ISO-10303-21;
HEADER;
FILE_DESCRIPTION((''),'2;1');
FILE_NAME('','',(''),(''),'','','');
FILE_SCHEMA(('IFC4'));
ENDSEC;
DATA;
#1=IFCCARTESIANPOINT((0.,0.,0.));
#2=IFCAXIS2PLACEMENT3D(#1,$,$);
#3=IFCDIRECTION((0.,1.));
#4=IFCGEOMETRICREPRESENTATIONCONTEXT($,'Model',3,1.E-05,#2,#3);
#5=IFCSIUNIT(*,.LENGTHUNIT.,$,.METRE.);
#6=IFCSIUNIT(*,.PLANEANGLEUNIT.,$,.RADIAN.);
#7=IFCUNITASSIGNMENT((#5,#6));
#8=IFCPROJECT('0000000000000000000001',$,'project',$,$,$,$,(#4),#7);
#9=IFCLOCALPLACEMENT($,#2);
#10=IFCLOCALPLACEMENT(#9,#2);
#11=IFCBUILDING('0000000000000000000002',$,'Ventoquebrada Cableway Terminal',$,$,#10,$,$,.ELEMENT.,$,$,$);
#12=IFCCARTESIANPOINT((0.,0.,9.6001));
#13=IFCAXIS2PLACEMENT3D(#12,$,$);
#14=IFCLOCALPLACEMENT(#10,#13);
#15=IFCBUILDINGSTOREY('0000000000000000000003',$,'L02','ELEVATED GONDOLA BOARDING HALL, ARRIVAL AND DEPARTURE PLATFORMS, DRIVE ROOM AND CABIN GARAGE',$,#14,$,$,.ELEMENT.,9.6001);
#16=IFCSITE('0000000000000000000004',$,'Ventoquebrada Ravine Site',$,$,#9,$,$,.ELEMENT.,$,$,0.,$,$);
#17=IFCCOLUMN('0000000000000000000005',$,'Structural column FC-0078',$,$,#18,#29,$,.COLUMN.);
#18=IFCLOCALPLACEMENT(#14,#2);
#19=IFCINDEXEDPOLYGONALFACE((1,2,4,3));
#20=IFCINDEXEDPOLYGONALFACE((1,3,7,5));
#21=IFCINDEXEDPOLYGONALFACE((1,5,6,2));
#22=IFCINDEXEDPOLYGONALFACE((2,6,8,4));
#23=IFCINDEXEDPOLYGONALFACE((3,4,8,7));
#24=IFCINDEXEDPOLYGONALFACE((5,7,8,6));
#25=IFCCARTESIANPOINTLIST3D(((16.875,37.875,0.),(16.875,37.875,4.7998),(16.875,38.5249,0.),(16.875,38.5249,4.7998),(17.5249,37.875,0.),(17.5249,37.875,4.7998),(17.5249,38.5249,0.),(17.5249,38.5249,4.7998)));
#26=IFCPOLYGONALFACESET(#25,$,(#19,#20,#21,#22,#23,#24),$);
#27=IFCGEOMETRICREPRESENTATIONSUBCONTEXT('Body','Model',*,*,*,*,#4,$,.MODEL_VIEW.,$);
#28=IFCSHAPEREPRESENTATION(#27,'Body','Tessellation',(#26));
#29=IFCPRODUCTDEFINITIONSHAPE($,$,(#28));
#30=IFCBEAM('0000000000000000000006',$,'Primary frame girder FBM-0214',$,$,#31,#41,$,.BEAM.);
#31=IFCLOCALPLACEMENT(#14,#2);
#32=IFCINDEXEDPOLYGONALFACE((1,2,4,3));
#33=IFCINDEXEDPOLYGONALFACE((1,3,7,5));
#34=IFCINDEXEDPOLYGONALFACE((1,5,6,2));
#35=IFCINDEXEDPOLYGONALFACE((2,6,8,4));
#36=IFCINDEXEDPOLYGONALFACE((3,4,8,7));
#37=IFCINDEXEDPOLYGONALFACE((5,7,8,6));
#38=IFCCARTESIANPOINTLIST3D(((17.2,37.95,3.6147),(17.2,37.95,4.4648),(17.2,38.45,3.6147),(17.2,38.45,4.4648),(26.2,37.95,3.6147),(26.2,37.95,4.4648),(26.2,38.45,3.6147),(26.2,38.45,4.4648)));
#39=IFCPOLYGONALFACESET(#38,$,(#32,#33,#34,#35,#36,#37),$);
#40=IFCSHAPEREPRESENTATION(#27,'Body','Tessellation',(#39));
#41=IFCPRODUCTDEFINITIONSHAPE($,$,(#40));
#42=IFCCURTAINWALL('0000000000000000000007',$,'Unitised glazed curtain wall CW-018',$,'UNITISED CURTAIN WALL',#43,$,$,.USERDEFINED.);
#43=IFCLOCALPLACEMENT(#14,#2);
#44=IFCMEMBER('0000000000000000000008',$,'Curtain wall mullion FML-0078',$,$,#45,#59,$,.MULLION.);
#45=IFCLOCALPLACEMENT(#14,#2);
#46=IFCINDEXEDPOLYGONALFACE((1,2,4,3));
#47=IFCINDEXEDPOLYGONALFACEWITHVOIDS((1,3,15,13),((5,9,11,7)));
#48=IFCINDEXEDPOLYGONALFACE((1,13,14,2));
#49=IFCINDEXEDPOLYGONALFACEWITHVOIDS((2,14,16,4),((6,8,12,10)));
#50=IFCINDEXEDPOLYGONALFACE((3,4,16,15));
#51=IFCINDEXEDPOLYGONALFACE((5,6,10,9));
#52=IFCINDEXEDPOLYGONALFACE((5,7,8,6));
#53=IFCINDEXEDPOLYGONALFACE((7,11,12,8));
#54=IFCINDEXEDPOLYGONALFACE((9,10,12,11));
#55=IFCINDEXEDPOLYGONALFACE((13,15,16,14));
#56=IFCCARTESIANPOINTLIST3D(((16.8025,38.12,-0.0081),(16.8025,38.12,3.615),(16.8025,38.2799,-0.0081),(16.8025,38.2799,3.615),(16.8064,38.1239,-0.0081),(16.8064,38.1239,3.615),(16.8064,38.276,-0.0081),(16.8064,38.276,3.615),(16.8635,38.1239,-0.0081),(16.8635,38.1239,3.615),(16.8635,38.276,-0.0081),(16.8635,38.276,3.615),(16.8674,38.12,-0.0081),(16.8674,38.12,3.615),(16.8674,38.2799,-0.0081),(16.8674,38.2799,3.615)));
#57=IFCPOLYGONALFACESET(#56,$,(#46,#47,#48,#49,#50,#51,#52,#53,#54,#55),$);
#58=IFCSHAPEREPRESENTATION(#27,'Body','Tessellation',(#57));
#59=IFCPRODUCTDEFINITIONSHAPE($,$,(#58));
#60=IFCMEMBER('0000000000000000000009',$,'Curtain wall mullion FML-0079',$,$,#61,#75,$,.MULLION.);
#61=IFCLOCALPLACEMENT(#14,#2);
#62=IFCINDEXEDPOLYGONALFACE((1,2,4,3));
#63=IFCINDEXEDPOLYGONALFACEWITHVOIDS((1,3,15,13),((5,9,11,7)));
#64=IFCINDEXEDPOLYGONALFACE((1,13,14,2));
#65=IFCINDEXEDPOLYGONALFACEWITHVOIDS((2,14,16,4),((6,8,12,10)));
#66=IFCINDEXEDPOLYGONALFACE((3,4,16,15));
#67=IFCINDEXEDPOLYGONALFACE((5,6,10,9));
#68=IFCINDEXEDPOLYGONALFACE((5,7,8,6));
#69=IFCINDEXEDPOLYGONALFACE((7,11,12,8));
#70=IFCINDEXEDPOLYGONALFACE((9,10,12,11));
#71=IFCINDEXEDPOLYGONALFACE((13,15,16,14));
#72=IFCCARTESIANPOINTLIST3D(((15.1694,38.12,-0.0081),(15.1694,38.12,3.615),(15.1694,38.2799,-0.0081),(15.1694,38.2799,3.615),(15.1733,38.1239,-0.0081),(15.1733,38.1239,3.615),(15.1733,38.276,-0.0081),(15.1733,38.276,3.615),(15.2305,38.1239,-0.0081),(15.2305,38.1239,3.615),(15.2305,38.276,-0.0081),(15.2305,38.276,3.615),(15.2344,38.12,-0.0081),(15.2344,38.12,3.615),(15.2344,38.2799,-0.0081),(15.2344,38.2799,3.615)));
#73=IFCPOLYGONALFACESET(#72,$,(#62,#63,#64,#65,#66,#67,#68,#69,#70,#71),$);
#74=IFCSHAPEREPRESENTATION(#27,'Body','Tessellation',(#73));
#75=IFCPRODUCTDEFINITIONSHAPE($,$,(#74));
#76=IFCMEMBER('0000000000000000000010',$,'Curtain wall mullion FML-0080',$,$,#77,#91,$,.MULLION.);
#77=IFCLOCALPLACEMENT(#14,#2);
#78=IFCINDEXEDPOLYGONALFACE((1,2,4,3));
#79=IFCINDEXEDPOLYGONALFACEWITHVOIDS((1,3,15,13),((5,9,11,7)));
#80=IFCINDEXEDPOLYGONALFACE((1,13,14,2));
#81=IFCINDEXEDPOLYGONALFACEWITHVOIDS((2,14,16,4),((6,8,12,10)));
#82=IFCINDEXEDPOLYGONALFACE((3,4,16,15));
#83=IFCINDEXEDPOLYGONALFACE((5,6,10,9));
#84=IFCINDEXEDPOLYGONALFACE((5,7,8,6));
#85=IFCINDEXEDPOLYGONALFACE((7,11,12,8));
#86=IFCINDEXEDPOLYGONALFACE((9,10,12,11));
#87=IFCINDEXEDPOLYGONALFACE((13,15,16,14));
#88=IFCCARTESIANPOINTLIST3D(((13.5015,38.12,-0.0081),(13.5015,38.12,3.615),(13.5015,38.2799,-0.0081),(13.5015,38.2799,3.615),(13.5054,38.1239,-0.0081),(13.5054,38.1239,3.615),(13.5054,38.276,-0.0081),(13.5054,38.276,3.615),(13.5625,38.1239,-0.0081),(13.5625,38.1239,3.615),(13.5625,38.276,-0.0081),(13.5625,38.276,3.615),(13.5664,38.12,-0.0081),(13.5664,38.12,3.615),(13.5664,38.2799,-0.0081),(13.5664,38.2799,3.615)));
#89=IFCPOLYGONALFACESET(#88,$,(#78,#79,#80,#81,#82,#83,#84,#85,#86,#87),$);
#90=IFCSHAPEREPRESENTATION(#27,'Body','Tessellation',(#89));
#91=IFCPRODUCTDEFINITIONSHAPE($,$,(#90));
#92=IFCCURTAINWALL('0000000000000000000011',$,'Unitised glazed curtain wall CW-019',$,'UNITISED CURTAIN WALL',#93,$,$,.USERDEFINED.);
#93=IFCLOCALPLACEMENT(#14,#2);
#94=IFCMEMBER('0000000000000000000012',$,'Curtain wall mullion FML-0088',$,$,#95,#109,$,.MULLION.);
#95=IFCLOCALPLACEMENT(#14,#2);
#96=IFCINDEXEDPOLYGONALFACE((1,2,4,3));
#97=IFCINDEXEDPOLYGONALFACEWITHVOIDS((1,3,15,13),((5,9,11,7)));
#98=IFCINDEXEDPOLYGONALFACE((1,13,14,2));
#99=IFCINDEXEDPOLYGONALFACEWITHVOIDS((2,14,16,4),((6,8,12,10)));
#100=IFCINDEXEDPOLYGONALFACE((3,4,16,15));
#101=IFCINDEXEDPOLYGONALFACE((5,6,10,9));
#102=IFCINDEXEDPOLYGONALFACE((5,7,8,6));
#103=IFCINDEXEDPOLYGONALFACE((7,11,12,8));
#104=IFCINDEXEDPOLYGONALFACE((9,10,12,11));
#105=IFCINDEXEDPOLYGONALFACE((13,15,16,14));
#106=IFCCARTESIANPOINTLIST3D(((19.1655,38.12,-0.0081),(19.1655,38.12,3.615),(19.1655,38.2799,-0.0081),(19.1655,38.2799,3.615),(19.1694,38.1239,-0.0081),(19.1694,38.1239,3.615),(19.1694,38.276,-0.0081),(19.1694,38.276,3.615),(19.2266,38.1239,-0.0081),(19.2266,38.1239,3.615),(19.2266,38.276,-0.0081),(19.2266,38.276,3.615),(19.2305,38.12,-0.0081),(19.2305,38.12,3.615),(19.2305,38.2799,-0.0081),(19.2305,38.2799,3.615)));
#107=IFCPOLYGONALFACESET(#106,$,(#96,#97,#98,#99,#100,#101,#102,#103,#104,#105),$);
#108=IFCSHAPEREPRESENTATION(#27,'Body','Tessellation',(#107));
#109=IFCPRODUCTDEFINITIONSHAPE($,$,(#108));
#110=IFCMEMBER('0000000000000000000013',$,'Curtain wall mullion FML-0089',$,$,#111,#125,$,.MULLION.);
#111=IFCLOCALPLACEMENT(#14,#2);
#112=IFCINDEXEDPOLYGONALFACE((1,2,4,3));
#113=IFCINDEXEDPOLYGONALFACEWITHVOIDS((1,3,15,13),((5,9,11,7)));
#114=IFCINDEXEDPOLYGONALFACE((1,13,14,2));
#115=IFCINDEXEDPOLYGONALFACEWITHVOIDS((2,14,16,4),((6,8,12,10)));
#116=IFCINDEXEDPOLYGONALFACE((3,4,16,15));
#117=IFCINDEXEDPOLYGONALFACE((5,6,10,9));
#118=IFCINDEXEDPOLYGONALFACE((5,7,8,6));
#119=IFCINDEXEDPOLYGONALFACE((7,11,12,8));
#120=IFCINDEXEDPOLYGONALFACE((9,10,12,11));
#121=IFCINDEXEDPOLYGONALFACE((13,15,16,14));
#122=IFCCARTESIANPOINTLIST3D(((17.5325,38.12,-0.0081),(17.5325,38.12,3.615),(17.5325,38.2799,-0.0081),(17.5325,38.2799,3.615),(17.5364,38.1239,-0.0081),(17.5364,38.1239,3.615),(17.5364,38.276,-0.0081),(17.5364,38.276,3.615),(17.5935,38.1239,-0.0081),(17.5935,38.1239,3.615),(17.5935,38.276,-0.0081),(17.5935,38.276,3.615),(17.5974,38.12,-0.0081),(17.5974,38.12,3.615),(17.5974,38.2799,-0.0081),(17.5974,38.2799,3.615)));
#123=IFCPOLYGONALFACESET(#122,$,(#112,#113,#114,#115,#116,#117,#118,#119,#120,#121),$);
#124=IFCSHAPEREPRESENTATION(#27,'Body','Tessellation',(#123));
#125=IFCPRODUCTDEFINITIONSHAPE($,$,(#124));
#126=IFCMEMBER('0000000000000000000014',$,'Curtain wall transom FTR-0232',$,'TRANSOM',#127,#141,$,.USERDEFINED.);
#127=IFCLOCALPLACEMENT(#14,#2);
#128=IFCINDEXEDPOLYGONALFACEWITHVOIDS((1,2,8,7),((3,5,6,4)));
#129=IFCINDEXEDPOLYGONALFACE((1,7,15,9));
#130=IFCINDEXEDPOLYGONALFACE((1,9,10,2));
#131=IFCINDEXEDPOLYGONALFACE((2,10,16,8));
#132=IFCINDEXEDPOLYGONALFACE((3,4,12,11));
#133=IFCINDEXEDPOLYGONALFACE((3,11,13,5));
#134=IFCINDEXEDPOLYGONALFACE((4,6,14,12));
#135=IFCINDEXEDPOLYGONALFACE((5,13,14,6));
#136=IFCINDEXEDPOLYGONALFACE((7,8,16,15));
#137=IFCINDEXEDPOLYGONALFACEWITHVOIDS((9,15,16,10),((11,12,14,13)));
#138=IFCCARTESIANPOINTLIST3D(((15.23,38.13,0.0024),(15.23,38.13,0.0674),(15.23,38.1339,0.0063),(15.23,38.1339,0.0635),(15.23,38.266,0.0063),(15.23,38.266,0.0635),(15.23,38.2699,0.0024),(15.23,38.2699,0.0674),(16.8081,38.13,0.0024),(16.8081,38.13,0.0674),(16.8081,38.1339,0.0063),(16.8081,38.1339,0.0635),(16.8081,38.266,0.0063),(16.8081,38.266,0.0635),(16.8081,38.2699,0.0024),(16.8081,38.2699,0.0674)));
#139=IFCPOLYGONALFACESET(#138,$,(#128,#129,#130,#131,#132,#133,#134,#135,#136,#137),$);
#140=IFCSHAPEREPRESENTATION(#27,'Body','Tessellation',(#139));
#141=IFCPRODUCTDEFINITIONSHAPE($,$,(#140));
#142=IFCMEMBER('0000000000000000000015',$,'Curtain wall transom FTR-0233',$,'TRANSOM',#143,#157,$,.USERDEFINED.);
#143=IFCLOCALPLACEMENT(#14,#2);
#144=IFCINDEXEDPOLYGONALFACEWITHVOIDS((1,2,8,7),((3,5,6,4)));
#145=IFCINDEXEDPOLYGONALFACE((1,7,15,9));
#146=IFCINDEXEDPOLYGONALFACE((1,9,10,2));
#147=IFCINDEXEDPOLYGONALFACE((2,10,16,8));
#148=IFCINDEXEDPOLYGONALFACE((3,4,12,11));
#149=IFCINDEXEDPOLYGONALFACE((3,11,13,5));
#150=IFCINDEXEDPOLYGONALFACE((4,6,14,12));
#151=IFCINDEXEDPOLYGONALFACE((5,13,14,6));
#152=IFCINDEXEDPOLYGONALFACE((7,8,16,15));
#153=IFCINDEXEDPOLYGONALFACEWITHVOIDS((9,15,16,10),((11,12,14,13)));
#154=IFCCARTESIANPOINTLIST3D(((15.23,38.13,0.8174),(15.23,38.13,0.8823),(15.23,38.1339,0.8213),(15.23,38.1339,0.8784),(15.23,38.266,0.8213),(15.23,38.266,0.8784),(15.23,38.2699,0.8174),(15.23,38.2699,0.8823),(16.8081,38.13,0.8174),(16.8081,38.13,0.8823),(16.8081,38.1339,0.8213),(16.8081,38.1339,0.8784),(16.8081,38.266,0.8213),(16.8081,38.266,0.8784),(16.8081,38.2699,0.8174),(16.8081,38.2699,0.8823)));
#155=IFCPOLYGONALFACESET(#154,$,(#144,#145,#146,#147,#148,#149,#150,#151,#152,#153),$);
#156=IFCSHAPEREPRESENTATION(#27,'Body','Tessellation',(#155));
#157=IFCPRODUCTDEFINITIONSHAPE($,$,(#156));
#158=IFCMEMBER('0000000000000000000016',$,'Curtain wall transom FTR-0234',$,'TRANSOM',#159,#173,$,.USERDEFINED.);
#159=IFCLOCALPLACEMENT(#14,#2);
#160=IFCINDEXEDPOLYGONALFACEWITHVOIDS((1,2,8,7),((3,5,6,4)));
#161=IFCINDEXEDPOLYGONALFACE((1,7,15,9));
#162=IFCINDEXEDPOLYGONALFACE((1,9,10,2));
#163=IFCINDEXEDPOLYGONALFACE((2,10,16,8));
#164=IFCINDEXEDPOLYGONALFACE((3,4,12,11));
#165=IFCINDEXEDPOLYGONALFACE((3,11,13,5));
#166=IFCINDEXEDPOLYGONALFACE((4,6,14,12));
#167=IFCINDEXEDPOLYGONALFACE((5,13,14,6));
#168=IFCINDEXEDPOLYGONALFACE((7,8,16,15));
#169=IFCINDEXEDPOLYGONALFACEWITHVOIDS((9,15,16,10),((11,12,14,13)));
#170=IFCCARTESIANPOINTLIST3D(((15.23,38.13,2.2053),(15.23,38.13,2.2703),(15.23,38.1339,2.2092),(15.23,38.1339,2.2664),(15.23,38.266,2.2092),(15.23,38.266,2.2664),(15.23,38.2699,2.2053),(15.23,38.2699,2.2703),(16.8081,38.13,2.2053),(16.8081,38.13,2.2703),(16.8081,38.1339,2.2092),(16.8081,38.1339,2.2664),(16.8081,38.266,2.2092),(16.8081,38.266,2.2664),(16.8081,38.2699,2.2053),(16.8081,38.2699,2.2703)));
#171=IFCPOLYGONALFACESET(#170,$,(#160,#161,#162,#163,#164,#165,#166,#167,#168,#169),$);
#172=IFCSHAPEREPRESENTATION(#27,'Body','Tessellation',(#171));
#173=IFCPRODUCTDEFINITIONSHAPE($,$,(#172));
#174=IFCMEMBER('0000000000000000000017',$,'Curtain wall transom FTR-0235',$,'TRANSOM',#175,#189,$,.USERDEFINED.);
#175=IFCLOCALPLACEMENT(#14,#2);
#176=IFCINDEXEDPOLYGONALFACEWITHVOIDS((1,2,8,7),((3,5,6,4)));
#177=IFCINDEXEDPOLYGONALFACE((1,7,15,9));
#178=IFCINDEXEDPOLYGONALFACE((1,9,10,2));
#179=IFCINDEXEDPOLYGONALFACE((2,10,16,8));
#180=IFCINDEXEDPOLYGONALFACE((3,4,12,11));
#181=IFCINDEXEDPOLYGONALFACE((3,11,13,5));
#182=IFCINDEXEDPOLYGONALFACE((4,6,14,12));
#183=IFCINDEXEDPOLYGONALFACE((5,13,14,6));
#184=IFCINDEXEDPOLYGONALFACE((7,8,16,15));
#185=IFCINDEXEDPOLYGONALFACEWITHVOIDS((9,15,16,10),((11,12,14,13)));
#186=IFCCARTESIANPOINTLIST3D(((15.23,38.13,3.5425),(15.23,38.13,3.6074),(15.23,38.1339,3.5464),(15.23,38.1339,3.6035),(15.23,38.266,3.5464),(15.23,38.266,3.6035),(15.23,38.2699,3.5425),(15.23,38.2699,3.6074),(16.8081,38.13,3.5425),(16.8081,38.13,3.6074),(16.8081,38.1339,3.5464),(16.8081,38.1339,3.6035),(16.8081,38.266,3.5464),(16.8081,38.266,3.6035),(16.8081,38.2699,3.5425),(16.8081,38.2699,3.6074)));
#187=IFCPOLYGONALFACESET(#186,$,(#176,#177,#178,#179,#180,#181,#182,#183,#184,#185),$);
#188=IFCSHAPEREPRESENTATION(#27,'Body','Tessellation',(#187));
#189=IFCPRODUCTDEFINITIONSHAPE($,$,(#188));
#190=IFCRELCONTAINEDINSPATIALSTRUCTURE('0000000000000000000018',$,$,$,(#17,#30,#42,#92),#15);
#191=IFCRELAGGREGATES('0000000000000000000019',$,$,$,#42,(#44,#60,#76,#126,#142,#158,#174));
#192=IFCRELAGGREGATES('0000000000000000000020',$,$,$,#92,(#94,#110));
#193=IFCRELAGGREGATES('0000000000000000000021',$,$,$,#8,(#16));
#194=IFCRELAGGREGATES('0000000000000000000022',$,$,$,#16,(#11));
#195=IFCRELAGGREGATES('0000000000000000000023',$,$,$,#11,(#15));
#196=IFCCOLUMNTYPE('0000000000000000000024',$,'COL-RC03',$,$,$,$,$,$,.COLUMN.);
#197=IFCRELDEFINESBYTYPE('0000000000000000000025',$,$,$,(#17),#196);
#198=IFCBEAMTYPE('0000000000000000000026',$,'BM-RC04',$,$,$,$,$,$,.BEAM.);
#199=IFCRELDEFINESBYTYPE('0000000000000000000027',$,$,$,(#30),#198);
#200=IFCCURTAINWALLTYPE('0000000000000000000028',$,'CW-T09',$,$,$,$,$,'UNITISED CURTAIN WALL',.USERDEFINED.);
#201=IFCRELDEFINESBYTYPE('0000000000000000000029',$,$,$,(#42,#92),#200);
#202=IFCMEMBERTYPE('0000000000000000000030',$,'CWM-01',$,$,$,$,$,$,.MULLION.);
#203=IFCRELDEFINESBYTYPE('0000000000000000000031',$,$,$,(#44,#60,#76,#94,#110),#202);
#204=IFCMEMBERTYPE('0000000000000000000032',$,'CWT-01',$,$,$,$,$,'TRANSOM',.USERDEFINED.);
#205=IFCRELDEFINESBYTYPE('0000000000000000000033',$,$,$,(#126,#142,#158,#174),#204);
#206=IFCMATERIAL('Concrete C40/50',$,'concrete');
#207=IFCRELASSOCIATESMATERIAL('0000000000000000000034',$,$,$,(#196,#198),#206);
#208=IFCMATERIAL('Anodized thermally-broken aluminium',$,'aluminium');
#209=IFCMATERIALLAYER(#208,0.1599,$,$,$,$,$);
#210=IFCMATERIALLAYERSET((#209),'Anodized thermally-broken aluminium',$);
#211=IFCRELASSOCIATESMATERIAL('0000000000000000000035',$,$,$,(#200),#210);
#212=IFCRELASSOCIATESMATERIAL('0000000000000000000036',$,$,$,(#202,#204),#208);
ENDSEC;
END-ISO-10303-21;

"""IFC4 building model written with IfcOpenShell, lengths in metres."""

from ifc_helpers import new_model, si_unit, direction, frame, origin, origin_2d, place, context, subcontext, project, spatial, rectangle, hollow_rectangle, extrude, material, layer, layer_set, material_profile, profile_set, type_object, element, aggregate, save


model = new_model("IFC4")

# Units and contexts
model_context = context("Model", 3, precision=1e-05, world=origin(), true_north=direction((0.0, 1.0)))
body_context = subcontext(model_context, "Body", "Model", "MODEL_VIEW")
ifc_project = project(units=[si_unit("LENGTHUNIT", "METRE"), si_unit("PLANEANGLEUNIT", "RADIAN")], contexts=[model_context])

# Site, building, storey
site_placement = place(None, origin())
site = spatial("IfcSite", under=ifc_project, at=site_placement, Name="Ventoquebrada Ravine Site", CompositionType="ELEMENT", RefElevation=0.0)
building_placement = place(site_placement, origin())
building = spatial("IfcBuilding", under=site, at=building_placement, Name="Ventoquebrada Cableway Terminal", CompositionType="ELEMENT")
storey_placement = place(building_placement, frame((0.0, 0.0, 9.6001)))
storey = spatial("IfcBuildingStorey", under=building, at=storey_placement, Name="L02", Description="ELEVATED GONDOLA BOARDING HALL, ARRIVAL AND DEPARTURE PLATFORMS, DRIVE ROOM AND CABIN GARAGE", CompositionType="ELEMENT", Elevation=9.6001)

# Column
ifc_material_1 = material(Name="Concrete C40/50", Category="concrete")
ifc_material_profile_1 = material_profile(ifc_material_1, rectangle(XDim=0.6499, YDim=0.6499, at=origin_2d()), Name="RC-COL-650X650")
ifc_profile_set_1 = profile_set([ifc_material_profile_1], Name="Concrete C40/50")
column_type = type_object("IfcColumnType", Name="COL-RC03", PredefinedType="COLUMN", material=ifc_profile_set_1)
column_placement = place(storey_placement, frame((17.2, 38.2, 0.0), z_axis=(0.0, 0.0, 1.0), x_axis=(1.0, 0.0, 0.0)))
element("IfcColumn", 1, at=column_placement, inside=storey, type_object=column_type, Name="Structural column FC-0078", PredefinedType="COLUMN", context=body_context, shape_type="SweptSolid", body=[
    extrude(rectangle(XDim=0.6499, YDim=0.6499, at=origin_2d()), origin(), (0.0, 0.0, 1.0), 4.7998),
])

# Beam
ifc_material_profile_2 = material_profile(ifc_material_1, rectangle(XDim=0.5, YDim=0.8501, at=origin_2d()), Name="RC-BM-500X850")
ifc_profile_set_2 = profile_set([ifc_material_profile_2], Name="Concrete C40/50")
beam_type = type_object("IfcBeamType", Name="BM-RC04", PredefinedType="BEAM", material=ifc_profile_set_2)
beam_placement = place(storey_placement, frame((17.2, 38.2, 4.0398), z_axis=(1.0, 0.0, 0.0), x_axis=(0.0, 1.0, 0.0)))
element("IfcBeam", 2, at=beam_placement, inside=storey, type_object=beam_type, Name="Primary frame girder FBM-0214", PredefinedType="BEAM", context=body_context, shape_type="SweptSolid", body=[
    extrude(rectangle(XDim=0.5, YDim=0.8501, at=origin_2d()), origin(), (0.0, 0.0, 1.0), 9.0),
])

# Curtain walls, members
ifc_material_2 = material(Name="Anodized thermally-broken aluminium", Category="aluminium")
ifc_layer_1 = layer(ifc_material_2, 0.1599)
ifc_layer_set_1 = layer_set([ifc_layer_1], Name="Anodized thermally-broken aluminium")
curtain_wall_type = type_object("IfcCurtainWallType", Name="CW-T09", ElementType="UNITISED CURTAIN WALL", PredefinedType="USERDEFINED", material=ifc_layer_set_1)
curtain_wall_1_placement = place(storey_placement, origin())
curtain_wall_1 = element("IfcCurtainWall", 3, at=curtain_wall_1_placement, inside=storey, type_object=curtain_wall_type, Name="Unitised glazed curtain wall CW-018", ObjectType="UNITISED CURTAIN WALL", PredefinedType="USERDEFINED")
ifc_material_profile_3 = material_profile(ifc_material_2, hollow_rectangle(XDim=0.0649, YDim=0.1599, WallThickness=0.0039, at=origin_2d()), Name="CW-MUL-65X160")
ifc_profile_set_3 = profile_set([ifc_material_profile_3], Name="Anodized thermally-broken aluminium")
member_type_1 = type_object("IfcMemberType", Name="CWM-01", PredefinedType="MULLION", material=ifc_profile_set_3)
member_1_placement = place(storey_placement, frame((16.835, 38.2, -0.0081), z_axis=(0.0, 0.0, 1.0), x_axis=(-1.0, 0.0, 0.0)))
member_1 = element("IfcMember", 4, at=member_1_placement, type_object=member_type_1, Name="Curtain wall mullion FML-0078", PredefinedType="MULLION", context=body_context, shape_type="SweptSolid", body=[
    extrude(hollow_rectangle(XDim=0.0649, YDim=0.1599, WallThickness=0.0039, at=origin_2d()), origin(), (0.0, 0.0, 1.0), 3.623),
])
member_2_placement = place(storey_placement, frame((15.2019, 38.2, -0.0081), z_axis=(0.0, 0.0, 1.0), x_axis=(-1.0, 0.0, 0.0)))
member_2 = element("IfcMember", 5, at=member_2_placement, type_object=member_type_1, Name="Curtain wall mullion FML-0079", PredefinedType="MULLION", context=body_context, shape_type="SweptSolid", body=[
    extrude(hollow_rectangle(XDim=0.0649, YDim=0.1599, WallThickness=0.0039, at=origin_2d()), origin(), (0.0, 0.0, 1.0), 3.623),
])
member_3_placement = place(storey_placement, frame((13.5339, 38.2, -0.0081), z_axis=(0.0, 0.0, 1.0), x_axis=(-1.0, 0.0, 0.0)))
member_3 = element("IfcMember", 6, at=member_3_placement, type_object=member_type_1, Name="Curtain wall mullion FML-0080", PredefinedType="MULLION", context=body_context, shape_type="SweptSolid", body=[
    extrude(hollow_rectangle(XDim=0.0649, YDim=0.1599, WallThickness=0.0039, at=origin_2d()), origin(), (0.0, 0.0, 1.0), 3.623),
])
curtain_wall_2_placement = place(storey_placement, origin())
curtain_wall_2 = element("IfcCurtainWall", 7, at=curtain_wall_2_placement, inside=storey, type_object=curtain_wall_type, Name="Unitised glazed curtain wall CW-019", ObjectType="UNITISED CURTAIN WALL", PredefinedType="USERDEFINED")
member_4_placement = place(storey_placement, frame((19.198, 38.2, -0.0081), z_axis=(0.0, 0.0, 1.0), x_axis=(-1.0, 0.0, 0.0)))
member_4 = element("IfcMember", 8, at=member_4_placement, type_object=member_type_1, Name="Curtain wall mullion FML-0088", PredefinedType="MULLION", context=body_context, shape_type="SweptSolid", body=[
    extrude(hollow_rectangle(XDim=0.0649, YDim=0.1599, WallThickness=0.0039, at=origin_2d()), origin(), (0.0, 0.0, 1.0), 3.623),
])
member_5_placement = place(storey_placement, frame((17.5649, 38.2, -0.0081), z_axis=(0.0, 0.0, 1.0), x_axis=(-1.0, 0.0, 0.0)))
member_5 = element("IfcMember", 9, at=member_5_placement, type_object=member_type_1, Name="Curtain wall mullion FML-0089", PredefinedType="MULLION", context=body_context, shape_type="SweptSolid", body=[
    extrude(hollow_rectangle(XDim=0.0649, YDim=0.1599, WallThickness=0.0039, at=origin_2d()), origin(), (0.0, 0.0, 1.0), 3.623),
])

# Members
ifc_material_profile_4 = material_profile(ifc_material_2, hollow_rectangle(XDim=0.0649, YDim=0.1399, WallThickness=0.0039, at=origin_2d()), Name="CW-TRN-65X140")
ifc_profile_set_4 = profile_set([ifc_material_profile_4], Name="Anodized thermally-broken aluminium")
member_type_2 = type_object("IfcMemberType", Name="CWT-01", ElementType="TRANSOM", PredefinedType="USERDEFINED", material=ifc_profile_set_4)
member_6_placement = place(storey_placement, frame((16.8081, 38.2, 0.0349), z_axis=(-1.0, 0.0, 0.0), x_axis=(0.0, 0.0, 1.0)))
member_6 = element("IfcMember", 10, at=member_6_placement, type_object=member_type_2, Name="Curtain wall transom FTR-0232", ObjectType="TRANSOM", PredefinedType="USERDEFINED", context=body_context, shape_type="SweptSolid", body=[
    extrude(hollow_rectangle(XDim=0.0649, YDim=0.1399, WallThickness=0.0039, at=origin_2d()), origin(), (0.0, 0.0, 1.0), 1.5781),
])
member_7_placement = place(storey_placement, frame((16.8081, 38.2, 0.8499), z_axis=(-1.0, 0.0, 0.0), x_axis=(0.0, 0.0, 1.0)))
member_7 = element("IfcMember", 11, at=member_7_placement, type_object=member_type_2, Name="Curtain wall transom FTR-0233", ObjectType="TRANSOM", PredefinedType="USERDEFINED", context=body_context, shape_type="SweptSolid", body=[
    extrude(hollow_rectangle(XDim=0.0649, YDim=0.1399, WallThickness=0.0039, at=origin_2d()), origin(), (0.0, 0.0, 1.0), 1.5781),
])
member_8_placement = place(storey_placement, frame((16.8081, 38.2, 2.2378), z_axis=(-1.0, 0.0, 0.0), x_axis=(0.0, 0.0, 1.0)))
member_8 = element("IfcMember", 12, at=member_8_placement, type_object=member_type_2, Name="Curtain wall transom FTR-0234", ObjectType="TRANSOM", PredefinedType="USERDEFINED", context=body_context, shape_type="SweptSolid", body=[
    extrude(hollow_rectangle(XDim=0.0649, YDim=0.1399, WallThickness=0.0039, at=origin_2d()), origin(), (0.0, 0.0, 1.0), 1.5781),
])
member_9_placement = place(storey_placement, frame((16.8081, 38.2, 3.575), z_axis=(-1.0, 0.0, 0.0), x_axis=(0.0, 0.0, 1.0)))
member_9 = element("IfcMember", 13, at=member_9_placement, type_object=member_type_2, Name="Curtain wall transom FTR-0235", ObjectType="TRANSOM", PredefinedType="USERDEFINED", context=body_context, shape_type="SweptSolid", body=[
    extrude(hollow_rectangle(XDim=0.0649, YDim=0.1399, WallThickness=0.0039, at=origin_2d()), origin(), (0.0, 0.0, 1.0), 1.5781),
])

aggregate(curtain_wall_1, [member_1, member_2, member_3, member_6, member_7, member_8, member_9])
aggregate(curtain_wall_2, [member_4, member_5])

save(model, "model.ifc")
